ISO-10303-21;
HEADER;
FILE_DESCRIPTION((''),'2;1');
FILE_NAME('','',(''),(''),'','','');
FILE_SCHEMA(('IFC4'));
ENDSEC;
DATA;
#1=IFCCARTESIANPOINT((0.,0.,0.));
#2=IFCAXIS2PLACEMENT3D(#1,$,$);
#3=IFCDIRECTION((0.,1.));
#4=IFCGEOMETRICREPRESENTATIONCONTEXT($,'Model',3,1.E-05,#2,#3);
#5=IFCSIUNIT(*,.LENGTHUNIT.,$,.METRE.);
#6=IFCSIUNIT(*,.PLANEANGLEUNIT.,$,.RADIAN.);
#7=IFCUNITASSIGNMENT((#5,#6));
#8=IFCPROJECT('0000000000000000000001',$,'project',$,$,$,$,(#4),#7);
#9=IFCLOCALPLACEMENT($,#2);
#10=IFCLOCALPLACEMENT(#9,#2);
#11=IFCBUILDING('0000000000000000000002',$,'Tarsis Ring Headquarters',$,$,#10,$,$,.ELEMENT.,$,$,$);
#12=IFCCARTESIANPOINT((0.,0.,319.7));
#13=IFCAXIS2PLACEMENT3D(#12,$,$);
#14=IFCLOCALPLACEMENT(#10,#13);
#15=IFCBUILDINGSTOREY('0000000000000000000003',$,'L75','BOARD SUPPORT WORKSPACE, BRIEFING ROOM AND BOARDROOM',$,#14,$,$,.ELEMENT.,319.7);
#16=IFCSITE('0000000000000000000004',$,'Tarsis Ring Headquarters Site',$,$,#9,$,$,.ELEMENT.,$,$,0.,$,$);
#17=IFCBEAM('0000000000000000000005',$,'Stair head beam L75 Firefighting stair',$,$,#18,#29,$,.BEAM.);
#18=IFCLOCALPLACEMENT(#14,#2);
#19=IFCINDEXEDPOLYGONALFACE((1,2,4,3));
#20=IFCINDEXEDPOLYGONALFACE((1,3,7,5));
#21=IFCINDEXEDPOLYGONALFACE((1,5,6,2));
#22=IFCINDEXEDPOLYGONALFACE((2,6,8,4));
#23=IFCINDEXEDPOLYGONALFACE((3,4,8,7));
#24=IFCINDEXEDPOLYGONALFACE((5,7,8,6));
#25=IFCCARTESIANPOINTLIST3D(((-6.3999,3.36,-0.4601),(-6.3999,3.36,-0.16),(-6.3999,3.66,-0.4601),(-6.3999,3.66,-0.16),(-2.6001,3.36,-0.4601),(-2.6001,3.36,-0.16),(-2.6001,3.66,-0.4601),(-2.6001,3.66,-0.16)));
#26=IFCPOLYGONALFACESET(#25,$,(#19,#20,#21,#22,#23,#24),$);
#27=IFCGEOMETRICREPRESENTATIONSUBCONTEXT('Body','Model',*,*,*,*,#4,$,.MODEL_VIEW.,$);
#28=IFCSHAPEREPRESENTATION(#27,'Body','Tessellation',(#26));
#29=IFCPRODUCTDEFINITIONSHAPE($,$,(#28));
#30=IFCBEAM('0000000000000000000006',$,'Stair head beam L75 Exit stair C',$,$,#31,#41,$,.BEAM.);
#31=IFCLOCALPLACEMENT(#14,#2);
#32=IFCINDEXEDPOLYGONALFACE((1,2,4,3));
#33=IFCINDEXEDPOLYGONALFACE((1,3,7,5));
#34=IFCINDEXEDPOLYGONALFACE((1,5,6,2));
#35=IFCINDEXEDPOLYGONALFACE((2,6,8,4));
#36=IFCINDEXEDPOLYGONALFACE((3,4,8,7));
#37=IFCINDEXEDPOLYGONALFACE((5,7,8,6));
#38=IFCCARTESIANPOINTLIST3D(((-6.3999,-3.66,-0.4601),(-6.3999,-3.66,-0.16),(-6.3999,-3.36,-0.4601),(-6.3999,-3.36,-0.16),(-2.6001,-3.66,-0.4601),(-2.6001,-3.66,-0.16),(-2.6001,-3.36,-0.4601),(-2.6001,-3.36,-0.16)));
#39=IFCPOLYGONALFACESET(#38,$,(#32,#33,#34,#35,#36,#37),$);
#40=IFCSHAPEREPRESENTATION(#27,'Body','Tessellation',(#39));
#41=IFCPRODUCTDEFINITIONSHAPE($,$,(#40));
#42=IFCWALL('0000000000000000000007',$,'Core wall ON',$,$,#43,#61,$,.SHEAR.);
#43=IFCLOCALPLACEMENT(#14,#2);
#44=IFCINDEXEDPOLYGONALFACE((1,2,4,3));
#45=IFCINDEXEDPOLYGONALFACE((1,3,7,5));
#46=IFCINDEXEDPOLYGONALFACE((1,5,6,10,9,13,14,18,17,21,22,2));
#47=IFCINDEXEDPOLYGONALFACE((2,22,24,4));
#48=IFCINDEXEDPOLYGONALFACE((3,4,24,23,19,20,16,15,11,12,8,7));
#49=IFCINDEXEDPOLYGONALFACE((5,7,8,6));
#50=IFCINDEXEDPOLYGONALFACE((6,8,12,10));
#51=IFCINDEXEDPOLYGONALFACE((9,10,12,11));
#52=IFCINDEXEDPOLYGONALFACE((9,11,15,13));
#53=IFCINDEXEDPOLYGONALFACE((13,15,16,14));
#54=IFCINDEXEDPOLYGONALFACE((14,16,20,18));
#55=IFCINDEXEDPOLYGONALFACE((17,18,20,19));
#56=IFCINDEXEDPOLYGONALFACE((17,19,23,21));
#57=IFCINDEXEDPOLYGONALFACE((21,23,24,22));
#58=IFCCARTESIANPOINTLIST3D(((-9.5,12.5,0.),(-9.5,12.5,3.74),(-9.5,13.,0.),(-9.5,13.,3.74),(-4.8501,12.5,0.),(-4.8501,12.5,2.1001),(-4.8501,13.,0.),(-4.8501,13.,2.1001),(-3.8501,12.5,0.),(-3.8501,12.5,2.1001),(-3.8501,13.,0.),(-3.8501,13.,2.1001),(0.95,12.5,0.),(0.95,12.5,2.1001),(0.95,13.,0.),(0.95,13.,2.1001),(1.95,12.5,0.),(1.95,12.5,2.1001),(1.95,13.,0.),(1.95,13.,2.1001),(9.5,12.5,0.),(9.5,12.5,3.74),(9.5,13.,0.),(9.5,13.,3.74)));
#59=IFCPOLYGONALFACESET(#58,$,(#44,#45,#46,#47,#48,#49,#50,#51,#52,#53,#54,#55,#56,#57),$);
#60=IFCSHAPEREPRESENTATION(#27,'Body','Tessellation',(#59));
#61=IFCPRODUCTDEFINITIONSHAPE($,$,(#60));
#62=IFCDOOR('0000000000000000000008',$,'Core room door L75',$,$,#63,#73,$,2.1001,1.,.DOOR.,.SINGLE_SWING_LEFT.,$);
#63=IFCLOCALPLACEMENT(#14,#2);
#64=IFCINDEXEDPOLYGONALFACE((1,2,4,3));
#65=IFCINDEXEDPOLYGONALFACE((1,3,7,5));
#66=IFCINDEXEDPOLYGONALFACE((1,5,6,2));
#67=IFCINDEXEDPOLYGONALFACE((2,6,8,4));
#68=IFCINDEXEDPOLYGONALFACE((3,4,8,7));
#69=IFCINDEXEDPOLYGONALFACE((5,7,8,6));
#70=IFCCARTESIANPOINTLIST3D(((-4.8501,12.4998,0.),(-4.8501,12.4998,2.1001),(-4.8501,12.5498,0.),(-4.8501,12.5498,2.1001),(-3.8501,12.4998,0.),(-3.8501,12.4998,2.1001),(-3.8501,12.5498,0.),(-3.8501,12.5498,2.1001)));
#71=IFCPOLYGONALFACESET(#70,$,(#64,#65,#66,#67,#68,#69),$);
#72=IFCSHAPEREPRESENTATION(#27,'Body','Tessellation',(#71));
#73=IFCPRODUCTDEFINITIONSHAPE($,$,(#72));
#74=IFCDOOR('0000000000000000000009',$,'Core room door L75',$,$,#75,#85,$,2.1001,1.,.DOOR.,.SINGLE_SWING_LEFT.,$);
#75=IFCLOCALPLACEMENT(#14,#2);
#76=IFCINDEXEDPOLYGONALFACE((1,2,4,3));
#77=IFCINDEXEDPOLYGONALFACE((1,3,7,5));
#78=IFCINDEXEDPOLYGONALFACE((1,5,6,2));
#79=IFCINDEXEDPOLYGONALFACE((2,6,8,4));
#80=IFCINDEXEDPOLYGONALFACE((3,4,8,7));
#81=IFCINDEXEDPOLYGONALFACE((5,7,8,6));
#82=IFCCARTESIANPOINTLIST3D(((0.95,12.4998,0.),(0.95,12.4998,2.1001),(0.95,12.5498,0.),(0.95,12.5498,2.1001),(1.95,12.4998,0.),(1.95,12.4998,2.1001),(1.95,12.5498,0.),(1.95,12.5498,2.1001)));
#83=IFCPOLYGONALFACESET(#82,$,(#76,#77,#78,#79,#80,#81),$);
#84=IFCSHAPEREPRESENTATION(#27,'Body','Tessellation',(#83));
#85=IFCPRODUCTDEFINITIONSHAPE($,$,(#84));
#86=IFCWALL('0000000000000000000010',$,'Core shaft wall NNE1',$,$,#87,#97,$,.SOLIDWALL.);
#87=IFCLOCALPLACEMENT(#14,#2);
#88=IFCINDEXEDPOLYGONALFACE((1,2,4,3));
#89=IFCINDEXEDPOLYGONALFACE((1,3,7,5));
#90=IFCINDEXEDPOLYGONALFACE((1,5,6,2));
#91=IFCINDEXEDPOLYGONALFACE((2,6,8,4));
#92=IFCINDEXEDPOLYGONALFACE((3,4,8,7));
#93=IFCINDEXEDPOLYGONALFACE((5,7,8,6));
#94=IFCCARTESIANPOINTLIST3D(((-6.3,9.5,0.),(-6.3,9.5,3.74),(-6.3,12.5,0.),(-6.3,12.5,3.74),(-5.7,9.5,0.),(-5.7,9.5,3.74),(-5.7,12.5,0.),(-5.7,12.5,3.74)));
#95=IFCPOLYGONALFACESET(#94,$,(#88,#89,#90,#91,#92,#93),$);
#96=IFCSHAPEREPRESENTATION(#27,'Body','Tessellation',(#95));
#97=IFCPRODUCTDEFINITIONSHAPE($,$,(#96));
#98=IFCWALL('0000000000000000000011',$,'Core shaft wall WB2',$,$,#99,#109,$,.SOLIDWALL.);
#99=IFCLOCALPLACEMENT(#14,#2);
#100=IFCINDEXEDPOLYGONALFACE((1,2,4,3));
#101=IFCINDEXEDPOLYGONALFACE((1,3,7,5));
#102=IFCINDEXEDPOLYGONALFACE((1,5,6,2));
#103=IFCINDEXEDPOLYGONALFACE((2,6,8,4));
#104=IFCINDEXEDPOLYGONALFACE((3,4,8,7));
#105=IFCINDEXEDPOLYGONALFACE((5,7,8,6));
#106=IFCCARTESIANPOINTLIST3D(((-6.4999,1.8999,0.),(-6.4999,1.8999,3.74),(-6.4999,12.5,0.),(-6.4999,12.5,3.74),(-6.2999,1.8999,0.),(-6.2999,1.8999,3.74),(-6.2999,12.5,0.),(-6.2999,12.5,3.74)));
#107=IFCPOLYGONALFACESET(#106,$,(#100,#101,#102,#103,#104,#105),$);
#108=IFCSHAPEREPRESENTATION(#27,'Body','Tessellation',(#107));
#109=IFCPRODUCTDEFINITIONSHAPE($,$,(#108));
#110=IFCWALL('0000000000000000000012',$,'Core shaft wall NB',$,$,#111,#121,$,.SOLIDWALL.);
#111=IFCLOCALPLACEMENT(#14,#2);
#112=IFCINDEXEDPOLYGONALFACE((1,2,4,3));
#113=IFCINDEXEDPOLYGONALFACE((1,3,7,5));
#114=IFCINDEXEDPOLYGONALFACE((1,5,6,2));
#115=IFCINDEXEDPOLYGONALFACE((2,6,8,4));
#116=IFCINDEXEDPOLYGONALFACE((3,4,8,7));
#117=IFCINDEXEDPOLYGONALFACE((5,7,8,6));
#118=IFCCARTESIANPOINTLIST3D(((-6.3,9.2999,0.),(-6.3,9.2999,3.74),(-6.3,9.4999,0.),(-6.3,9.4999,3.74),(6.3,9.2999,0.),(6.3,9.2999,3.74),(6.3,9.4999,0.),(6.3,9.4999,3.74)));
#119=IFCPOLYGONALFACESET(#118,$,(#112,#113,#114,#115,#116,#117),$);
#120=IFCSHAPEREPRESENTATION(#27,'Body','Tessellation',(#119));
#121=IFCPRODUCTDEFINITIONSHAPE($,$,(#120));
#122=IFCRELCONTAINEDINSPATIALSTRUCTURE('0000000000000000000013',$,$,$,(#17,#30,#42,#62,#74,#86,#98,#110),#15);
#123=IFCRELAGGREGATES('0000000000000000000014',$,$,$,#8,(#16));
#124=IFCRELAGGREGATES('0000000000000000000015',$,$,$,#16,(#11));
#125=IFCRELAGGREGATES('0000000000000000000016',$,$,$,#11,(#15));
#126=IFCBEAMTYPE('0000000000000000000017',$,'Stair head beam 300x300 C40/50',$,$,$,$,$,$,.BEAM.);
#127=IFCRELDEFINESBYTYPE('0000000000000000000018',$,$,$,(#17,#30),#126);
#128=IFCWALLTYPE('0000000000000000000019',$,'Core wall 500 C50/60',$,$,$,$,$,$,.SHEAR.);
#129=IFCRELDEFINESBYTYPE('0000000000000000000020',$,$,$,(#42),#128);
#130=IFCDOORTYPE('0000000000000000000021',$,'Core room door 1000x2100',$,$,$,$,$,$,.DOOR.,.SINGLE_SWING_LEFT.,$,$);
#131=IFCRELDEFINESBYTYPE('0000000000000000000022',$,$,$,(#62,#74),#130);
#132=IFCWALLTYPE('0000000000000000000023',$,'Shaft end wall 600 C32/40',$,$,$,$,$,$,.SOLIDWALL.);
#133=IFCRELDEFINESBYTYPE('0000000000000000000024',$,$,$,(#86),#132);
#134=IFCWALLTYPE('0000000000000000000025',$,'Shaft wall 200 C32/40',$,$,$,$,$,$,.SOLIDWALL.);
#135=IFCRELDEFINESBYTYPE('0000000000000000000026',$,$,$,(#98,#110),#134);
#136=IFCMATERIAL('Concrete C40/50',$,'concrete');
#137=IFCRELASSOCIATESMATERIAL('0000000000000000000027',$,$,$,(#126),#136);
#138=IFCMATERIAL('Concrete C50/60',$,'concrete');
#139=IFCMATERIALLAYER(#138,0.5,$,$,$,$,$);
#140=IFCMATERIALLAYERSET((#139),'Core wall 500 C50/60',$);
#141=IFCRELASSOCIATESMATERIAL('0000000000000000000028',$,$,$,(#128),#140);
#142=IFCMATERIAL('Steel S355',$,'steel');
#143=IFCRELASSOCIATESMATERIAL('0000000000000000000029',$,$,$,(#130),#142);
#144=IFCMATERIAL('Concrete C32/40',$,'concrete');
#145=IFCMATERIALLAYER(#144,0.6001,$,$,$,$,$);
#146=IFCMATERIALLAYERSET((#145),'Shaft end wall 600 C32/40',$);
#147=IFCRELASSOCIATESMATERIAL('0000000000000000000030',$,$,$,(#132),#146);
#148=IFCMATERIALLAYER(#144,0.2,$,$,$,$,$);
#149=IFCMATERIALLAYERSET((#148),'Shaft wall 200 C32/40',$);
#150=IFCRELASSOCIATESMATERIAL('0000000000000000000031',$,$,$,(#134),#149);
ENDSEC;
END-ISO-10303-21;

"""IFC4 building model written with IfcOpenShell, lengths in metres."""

from ifc_helpers import new_model, si_unit, direction, frame, frame_2d, origin, origin_2d, place, context, subcontext, project, spatial, rectangle, extrude, material, layer, layer_set, material_profile, profile_set, type_object, element, fill, save


model = new_model("IFC4")

# Units and contexts
model_context = context("Model", 3, precision=1e-05, world=origin(), true_north=direction((0.0, 1.0)))
body_context = subcontext(model_context, "Body", "Model", "MODEL_VIEW")
ifc_project = project(units=[si_unit("LENGTHUNIT", "METRE"), si_unit("PLANEANGLEUNIT", "RADIAN")], contexts=[model_context])

# Site, building, storey
site_placement = place(None, origin())
site = spatial("IfcSite", under=ifc_project, at=site_placement, Name="Tarsis Ring Headquarters Site", CompositionType="ELEMENT", RefElevation=0.0)
building_placement = place(site_placement, origin())
building = spatial("IfcBuilding", under=site, at=building_placement, Name="Tarsis Ring Headquarters", CompositionType="ELEMENT")
storey_placement = place(building_placement, frame((0.0, 0.0, 319.7)))
storey = spatial("IfcBuildingStorey", under=building, at=storey_placement, Name="L75", Description="BOARD SUPPORT WORKSPACE, BRIEFING ROOM AND BOARDROOM", CompositionType="ELEMENT", Elevation=319.7)

# Beams
ifc_material_1 = material(Name="Concrete C40/50", Category="concrete")
ifc_material_profile = material_profile(ifc_material_1, rectangle(XDim=0.3, YDim=0.3, at=origin_2d()), Name="Stair head beam 300x300 C40/50")
ifc_profile_set = profile_set([ifc_material_profile], Name="Concrete C40/50")
beam_type = type_object("IfcBeamType", Name="Stair head beam 300x300 C40/50", PredefinedType="BEAM", material=ifc_profile_set)
for number, where, z_axis, x_axis, name in (
    (1, (-6.3999, 3.51, -0.3101), (1.0, 0.0, 0.0), (0.0, 1.0, 0.0), "Stair head beam L75 Firefighting stair"),
    (2, (-6.3999, -3.51, -0.3101), (1.0, 0.0, 0.0), (0.0, 1.0, 0.0), "Stair head beam L75 Exit stair C"),
):
    element("IfcBeam", number, at=place(storey_placement, frame(where, z_axis=z_axis, x_axis=x_axis)), inside=storey, type_object=beam_type, Name=name, PredefinedType="BEAM", context=body_context, shape_type="SweptSolid", body=[
        extrude(rectangle(XDim=0.3, YDim=0.3, at=origin_2d()), origin(), (0.0, 0.0, 1.0), 3.7998),
    ])

# Wall, openings, doors
ifc_material_2 = material(Name="Concrete C50/60", Category="concrete")
ifc_layer_1 = layer(ifc_material_2, 0.5)
ifc_layer_set_1 = layer_set([ifc_layer_1], Name="Core wall 500 C50/60")
wall_type_1 = type_object("IfcWallType", Name="Core wall 500 C50/60", PredefinedType="SHEAR", material=ifc_layer_set_1)
wall_1_placement = place(storey_placement, frame((-9.5, 12.75, 0.0), z_axis=(0.0, 0.0, 1.0), x_axis=(1.0, 0.0, 0.0)))
wall_1 = element("IfcWall", 3, at=wall_1_placement, inside=storey, type_object=wall_type_1, Name="Core wall ON", PredefinedType="SHEAR", context=body_context, shape_type="SweptSolid", body=[
    extrude(rectangle(XDim=19.0, YDim=0.5, at=frame_2d((9.5, 0.0))), origin(), (0.0, 0.0, 1.0), 3.74),
])
opening_1_placement = place(wall_1_placement, frame((4.6499, 0.0, 0.0)))
opening_1 = element("IfcOpeningElement", 4, at=opening_1_placement, cuts=wall_1, PredefinedType="OPENING", context=body_context, shape_type="SweptSolid", body=[
    extrude(rectangle(XDim=1.0, YDim=2.1001, at=frame_2d((0.5, 1.05))), frame((0.0, 0.26, 0.0), z_axis=(0.0, -1.0, 0.0), x_axis=(1.0, 0.0, 0.0)), (0.0, 0.0, 1.0), 0.52),
])
opening_2_placement = place(wall_1_placement, frame((10.45, 0.0, 0.0)))
opening_2 = element("IfcOpeningElement", 5, at=opening_2_placement, cuts=wall_1, PredefinedType="OPENING", context=body_context, shape_type="SweptSolid", body=[
    extrude(rectangle(XDim=1.0, YDim=2.1001, at=frame_2d((0.5, 1.05))), frame((0.0, 0.26, 0.0), z_axis=(0.0, -1.0, 0.0), x_axis=(1.0, 0.0, 0.0)), (0.0, 0.0, 1.0), 0.52),
])
ifc_material_3 = material(Name="Steel S355", Category="steel")
door_type = type_object("IfcDoorType", Name="Core room door 1000x2100", OperationType="SINGLE_SWING_LEFT", PredefinedType="DOOR", material=ifc_material_3)
door_1_placement = place(opening_1_placement, origin())
door_1 = element("IfcDoor", 6, at=door_1_placement, inside=storey, type_object=door_type, Name="Core room door L75", OperationType="SINGLE_SWING_LEFT", OverallHeight=2.1001, OverallWidth=1.0, PredefinedType="DOOR", context=body_context, shape_type="SweptSolid", body=[
    extrude(rectangle(XDim=1.0, YDim=2.1001, at=frame_2d((0.5, 1.05))), frame((0.0, -0.2002, 0.0), z_axis=(0.0, -1.0, 0.0), x_axis=(1.0, 0.0, 0.0)), (0.0, 0.0, 1.0), 0.05),
])
fill(opening_1, door_1)
door_2_placement = place(opening_2_placement, origin())
door_2 = element("IfcDoor", 7, at=door_2_placement, inside=storey, type_object=door_type, Name="Core room door L75", OperationType="SINGLE_SWING_LEFT", OverallHeight=2.1001, OverallWidth=1.0, PredefinedType="DOOR", context=body_context, shape_type="SweptSolid", body=[
    extrude(rectangle(XDim=1.0, YDim=2.1001, at=frame_2d((0.5, 1.05))), frame((0.0, -0.2002, 0.0), z_axis=(0.0, -1.0, 0.0), x_axis=(1.0, 0.0, 0.0)), (0.0, 0.0, 1.0), 0.05),
])
fill(opening_2, door_2)

# Walls
ifc_material_4 = material(Name="Concrete C32/40", Category="concrete")
ifc_layer_2 = layer(ifc_material_4, 0.6001)
ifc_layer_set_2 = layer_set([ifc_layer_2], Name="Shaft end wall 600 C32/40")
wall_type_2 = type_object("IfcWallType", Name="Shaft end wall 600 C32/40", PredefinedType="SOLIDWALL", material=ifc_layer_set_2)
wall_2_placement = place(storey_placement, frame((-6.0, 9.5, 0.0), z_axis=(0.0, 0.0, 1.0), x_axis=(0.0, 1.0, 0.0)))
element("IfcWall", 8, at=wall_2_placement, inside=storey, type_object=wall_type_2, Name="Core shaft wall NNE1", PredefinedType="SOLIDWALL", context=body_context, shape_type="SweptSolid", body=[
    extrude(rectangle(XDim=3.0, YDim=0.6001, at=frame_2d((1.5, 0.0))), origin(), (0.0, 0.0, 1.0), 3.74),
])
ifc_layer_3 = layer(ifc_material_4, 0.2)
ifc_layer_set_3 = layer_set([ifc_layer_3], Name="Shaft wall 200 C32/40")
wall_type_3 = type_object("IfcWallType", Name="Shaft wall 200 C32/40", PredefinedType="SOLIDWALL", material=ifc_layer_set_3)
wall_3_placement = place(storey_placement, frame((-6.3999, 1.8999, 0.0), z_axis=(0.0, 0.0, 1.0), x_axis=(0.0, 1.0, 0.0)))
element("IfcWall", 9, at=wall_3_placement, inside=storey, type_object=wall_type_3, Name="Core shaft wall WB2", PredefinedType="SOLIDWALL", context=body_context, shape_type="SweptSolid", body=[
    extrude(rectangle(XDim=10.6001, YDim=0.2, at=frame_2d((5.3, 0.0))), origin(), (0.0, 0.0, 1.0), 3.74),
])
wall_4_placement = place(storey_placement, frame((-6.3, 9.3999, 0.0), z_axis=(0.0, 0.0, 1.0), x_axis=(1.0, 0.0, 0.0)))
element("IfcWall", 10, at=wall_4_placement, inside=storey, type_object=wall_type_3, Name="Core shaft wall NB", PredefinedType="SOLIDWALL", context=body_context, shape_type="SweptSolid", body=[
    extrude(rectangle(XDim=12.6001, YDim=0.2, at=frame_2d((6.3, 0.0))), origin(), (0.0, 0.0, 1.0), 3.74),
])

save(model, "model.ifc")
